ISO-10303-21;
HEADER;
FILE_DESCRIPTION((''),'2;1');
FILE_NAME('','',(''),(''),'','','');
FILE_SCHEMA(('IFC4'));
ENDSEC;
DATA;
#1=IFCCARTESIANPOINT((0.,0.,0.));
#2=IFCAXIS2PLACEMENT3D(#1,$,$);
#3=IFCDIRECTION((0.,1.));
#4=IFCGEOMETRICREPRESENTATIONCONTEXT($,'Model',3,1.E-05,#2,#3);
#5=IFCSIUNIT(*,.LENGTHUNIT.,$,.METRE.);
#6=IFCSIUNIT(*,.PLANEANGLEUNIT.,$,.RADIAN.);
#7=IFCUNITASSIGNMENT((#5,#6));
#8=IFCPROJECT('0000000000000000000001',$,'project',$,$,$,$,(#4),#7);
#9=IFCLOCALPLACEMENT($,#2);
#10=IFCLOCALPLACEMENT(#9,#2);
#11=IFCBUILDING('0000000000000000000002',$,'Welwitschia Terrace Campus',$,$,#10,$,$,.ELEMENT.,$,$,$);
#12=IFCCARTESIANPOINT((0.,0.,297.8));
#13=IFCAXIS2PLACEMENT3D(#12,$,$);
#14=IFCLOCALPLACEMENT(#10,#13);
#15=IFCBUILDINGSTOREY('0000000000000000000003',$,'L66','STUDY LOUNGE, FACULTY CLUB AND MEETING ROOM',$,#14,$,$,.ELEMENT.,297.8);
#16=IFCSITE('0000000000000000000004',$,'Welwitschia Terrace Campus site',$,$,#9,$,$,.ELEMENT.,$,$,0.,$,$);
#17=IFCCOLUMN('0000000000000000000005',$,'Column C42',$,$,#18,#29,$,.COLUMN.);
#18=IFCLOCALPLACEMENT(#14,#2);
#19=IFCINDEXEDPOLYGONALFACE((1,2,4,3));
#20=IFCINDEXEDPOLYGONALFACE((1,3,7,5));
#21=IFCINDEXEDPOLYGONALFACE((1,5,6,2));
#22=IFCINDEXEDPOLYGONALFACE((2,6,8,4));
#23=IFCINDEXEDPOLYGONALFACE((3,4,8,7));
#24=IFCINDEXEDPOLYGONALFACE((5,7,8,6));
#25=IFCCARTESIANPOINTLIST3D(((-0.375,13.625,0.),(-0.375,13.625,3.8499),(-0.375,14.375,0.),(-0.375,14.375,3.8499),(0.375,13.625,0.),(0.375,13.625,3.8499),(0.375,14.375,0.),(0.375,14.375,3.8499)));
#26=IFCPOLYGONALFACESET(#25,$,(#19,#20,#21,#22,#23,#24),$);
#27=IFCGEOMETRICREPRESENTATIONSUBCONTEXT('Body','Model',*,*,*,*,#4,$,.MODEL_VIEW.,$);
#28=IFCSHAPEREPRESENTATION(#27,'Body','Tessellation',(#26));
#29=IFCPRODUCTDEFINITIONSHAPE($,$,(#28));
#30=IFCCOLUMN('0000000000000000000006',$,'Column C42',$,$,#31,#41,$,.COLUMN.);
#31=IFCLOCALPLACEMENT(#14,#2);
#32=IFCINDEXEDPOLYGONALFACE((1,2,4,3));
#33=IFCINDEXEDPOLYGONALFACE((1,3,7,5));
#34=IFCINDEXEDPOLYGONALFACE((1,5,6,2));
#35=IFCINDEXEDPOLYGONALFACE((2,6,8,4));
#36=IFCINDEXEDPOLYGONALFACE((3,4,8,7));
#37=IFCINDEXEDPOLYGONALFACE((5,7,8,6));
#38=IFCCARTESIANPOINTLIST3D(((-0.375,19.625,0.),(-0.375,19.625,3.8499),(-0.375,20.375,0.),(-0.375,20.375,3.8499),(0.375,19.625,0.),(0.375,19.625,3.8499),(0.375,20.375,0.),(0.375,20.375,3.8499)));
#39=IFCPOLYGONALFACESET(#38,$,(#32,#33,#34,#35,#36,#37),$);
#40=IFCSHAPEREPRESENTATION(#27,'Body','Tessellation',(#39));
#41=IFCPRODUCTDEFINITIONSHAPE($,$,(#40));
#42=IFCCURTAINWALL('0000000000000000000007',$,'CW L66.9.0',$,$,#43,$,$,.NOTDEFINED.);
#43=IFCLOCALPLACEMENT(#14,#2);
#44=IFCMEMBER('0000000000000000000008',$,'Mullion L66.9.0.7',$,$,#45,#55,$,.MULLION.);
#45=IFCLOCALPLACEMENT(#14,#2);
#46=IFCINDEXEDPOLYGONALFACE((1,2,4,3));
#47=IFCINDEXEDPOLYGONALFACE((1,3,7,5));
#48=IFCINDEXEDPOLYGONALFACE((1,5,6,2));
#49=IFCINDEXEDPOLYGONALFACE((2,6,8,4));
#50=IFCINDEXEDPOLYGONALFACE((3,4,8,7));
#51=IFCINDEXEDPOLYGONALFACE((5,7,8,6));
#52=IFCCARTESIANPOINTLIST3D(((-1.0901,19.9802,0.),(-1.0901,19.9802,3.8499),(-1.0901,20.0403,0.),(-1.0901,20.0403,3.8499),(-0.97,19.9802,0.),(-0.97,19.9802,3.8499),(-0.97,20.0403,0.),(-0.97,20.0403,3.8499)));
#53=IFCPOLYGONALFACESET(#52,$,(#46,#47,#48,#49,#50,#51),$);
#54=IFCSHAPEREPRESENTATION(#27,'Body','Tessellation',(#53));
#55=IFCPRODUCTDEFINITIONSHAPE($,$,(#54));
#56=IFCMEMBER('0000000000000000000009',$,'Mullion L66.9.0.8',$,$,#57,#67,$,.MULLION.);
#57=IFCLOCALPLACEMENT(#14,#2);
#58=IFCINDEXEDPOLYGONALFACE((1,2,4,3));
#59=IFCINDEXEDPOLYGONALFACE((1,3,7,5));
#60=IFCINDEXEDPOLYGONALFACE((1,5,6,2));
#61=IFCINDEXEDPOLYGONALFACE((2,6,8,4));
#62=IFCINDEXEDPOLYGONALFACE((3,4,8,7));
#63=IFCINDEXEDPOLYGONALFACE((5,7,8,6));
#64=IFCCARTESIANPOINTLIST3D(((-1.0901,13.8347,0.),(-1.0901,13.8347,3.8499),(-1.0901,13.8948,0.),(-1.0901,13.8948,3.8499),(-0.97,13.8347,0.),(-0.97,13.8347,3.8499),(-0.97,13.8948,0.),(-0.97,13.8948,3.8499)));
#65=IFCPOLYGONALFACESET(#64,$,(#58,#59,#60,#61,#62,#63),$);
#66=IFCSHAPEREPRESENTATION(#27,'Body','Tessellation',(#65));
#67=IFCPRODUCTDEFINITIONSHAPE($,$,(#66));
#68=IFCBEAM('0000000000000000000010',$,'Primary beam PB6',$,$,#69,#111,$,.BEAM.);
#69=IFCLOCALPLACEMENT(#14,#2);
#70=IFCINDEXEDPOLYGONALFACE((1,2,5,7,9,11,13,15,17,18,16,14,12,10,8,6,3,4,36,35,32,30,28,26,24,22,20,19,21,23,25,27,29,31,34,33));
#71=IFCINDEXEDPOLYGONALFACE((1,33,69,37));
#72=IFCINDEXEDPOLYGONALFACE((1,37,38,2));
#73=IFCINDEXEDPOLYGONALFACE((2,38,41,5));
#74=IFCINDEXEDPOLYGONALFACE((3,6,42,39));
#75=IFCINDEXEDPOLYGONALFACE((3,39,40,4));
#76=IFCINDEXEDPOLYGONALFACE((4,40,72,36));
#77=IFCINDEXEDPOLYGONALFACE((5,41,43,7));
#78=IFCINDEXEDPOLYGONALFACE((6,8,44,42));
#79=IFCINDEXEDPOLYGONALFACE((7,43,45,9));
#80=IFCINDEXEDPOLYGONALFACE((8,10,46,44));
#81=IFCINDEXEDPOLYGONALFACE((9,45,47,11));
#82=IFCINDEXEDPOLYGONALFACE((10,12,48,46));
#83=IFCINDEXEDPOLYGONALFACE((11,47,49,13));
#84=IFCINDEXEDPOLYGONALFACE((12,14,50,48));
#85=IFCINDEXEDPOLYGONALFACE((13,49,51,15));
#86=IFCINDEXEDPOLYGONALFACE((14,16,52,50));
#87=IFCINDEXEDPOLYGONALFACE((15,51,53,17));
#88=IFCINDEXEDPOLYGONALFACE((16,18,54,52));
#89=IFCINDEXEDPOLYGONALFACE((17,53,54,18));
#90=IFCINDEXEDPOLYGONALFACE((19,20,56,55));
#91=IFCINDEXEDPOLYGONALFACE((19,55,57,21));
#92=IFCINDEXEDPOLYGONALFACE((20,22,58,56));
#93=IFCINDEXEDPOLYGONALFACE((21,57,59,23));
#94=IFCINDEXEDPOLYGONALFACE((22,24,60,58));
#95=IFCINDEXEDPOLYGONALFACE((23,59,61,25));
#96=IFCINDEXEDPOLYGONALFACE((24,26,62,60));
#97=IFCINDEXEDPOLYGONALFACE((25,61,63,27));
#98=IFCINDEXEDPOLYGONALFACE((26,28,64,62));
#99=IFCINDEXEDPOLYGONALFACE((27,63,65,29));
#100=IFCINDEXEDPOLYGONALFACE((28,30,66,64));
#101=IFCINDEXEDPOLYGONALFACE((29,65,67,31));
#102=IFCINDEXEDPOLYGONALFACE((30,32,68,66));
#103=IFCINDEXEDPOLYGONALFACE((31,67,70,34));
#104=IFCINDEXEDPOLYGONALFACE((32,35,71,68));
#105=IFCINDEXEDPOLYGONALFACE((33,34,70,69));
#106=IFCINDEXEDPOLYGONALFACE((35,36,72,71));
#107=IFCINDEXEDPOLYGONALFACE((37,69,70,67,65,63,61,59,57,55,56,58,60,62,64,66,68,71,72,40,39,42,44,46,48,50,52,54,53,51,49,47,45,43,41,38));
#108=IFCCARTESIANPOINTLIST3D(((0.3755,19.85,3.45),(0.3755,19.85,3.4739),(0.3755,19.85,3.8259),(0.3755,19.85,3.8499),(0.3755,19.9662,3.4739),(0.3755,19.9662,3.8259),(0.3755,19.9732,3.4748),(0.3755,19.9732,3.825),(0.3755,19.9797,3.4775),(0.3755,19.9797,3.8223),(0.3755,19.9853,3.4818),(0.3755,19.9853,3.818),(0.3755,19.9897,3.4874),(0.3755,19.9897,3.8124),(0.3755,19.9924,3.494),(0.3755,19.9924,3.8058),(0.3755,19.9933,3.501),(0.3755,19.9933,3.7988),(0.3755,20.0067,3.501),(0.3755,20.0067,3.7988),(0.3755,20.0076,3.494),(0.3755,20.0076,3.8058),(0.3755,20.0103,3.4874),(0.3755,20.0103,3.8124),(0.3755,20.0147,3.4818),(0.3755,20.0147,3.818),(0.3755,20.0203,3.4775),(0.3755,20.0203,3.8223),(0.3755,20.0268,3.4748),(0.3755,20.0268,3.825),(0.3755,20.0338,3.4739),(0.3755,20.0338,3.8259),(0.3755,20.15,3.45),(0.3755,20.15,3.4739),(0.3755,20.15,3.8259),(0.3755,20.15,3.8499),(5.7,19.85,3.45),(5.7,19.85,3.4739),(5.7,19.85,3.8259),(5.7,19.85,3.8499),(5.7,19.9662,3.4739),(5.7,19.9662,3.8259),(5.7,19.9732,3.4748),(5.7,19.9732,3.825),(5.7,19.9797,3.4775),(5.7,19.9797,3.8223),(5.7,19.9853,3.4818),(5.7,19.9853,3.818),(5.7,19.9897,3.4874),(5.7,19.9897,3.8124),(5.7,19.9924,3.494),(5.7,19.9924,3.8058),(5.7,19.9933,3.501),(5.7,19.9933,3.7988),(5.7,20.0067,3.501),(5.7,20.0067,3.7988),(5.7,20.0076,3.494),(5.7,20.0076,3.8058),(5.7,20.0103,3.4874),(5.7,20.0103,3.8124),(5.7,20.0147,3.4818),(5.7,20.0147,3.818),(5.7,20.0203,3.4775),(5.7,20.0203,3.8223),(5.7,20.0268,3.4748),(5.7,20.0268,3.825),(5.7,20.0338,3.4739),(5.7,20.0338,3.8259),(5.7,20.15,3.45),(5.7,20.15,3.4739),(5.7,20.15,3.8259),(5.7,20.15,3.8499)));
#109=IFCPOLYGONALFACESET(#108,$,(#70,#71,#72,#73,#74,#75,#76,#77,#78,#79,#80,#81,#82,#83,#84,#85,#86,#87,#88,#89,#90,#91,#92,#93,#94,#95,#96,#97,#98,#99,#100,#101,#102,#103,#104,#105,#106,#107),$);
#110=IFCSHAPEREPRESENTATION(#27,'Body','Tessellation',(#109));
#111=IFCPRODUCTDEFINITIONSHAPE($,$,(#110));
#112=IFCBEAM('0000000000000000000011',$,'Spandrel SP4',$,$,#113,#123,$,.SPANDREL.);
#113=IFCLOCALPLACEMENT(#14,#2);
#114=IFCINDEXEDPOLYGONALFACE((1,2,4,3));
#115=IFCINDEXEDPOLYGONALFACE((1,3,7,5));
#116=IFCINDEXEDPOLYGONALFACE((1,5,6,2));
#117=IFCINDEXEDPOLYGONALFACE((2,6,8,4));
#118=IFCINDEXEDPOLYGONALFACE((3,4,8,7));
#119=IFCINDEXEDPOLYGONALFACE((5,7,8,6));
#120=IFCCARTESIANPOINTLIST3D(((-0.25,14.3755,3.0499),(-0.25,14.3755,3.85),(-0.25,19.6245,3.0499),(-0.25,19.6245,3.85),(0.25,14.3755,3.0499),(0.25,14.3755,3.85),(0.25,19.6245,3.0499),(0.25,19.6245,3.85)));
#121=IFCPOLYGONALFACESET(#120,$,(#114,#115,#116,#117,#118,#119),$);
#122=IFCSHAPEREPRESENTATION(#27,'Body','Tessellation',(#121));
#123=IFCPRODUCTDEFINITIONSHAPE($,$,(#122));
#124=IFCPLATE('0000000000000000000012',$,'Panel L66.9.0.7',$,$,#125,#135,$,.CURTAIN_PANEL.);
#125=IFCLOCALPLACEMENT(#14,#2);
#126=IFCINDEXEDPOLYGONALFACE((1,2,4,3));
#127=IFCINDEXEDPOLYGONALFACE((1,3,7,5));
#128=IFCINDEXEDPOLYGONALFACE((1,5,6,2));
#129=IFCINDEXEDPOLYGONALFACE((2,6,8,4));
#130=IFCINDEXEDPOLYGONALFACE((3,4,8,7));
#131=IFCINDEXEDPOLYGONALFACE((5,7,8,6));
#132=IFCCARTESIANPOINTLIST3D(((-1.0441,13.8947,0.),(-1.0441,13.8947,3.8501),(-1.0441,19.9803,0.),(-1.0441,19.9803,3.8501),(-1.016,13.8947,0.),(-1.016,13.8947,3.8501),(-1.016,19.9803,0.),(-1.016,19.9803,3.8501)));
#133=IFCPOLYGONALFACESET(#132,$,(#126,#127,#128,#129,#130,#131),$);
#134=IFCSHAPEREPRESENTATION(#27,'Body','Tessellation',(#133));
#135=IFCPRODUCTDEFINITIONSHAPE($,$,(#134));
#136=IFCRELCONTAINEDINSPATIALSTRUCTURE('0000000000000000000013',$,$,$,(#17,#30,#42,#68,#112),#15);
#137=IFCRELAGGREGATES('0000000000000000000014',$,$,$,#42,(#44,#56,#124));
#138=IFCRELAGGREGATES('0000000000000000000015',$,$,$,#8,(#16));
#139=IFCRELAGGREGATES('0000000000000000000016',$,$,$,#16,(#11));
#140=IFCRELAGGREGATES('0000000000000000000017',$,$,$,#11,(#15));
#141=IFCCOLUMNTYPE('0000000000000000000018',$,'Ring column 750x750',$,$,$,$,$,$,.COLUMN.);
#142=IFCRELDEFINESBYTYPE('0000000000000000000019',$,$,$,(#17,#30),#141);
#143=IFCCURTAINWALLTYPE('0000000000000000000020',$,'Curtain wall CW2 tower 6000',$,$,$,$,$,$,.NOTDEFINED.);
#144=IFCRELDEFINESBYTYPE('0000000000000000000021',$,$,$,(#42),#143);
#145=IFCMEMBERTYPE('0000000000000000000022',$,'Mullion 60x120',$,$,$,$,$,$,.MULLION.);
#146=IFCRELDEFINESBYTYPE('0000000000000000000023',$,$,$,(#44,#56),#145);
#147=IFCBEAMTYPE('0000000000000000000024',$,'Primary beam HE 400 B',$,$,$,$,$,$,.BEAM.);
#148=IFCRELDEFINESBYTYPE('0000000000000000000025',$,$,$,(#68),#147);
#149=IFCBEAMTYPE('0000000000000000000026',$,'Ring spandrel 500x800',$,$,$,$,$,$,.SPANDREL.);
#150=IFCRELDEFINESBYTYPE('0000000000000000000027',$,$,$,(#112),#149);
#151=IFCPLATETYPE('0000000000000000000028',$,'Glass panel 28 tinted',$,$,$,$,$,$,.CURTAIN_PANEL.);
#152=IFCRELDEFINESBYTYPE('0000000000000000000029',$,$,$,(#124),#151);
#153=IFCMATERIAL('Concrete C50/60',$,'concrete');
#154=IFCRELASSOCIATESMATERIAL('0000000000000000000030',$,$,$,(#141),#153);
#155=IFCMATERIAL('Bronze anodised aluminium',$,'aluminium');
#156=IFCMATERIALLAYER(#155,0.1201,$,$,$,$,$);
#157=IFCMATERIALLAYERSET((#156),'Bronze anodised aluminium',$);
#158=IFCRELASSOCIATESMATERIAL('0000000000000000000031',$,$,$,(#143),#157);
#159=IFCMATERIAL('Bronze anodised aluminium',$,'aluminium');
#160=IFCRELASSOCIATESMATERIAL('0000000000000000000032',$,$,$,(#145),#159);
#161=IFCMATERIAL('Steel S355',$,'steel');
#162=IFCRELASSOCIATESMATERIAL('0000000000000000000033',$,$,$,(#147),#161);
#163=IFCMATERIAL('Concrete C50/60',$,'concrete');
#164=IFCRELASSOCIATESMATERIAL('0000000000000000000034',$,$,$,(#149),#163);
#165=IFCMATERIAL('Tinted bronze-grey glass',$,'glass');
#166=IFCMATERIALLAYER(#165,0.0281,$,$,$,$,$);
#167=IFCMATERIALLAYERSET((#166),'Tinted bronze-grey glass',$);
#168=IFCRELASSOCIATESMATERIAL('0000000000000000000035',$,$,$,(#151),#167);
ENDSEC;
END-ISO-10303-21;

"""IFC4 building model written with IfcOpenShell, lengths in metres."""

from ifc_helpers import new_model, si_unit, direction, frame, origin, origin_2d, place, context, subcontext, project, spatial, rectangle, i_section, extrude, material, layer, layer_set, material_profile, profile_set, type_object, element, aggregate, save


model = new_model("IFC4")

# Units and contexts
model_context = context("Model", 3, precision=1e-05, world=origin(), true_north=direction((0.0, 1.0)))
body_context = subcontext(model_context, "Body", "Model", "MODEL_VIEW")
ifc_project = project(units=[si_unit("LENGTHUNIT", "METRE"), si_unit("PLANEANGLEUNIT", "RADIAN")], contexts=[model_context])

# Site, building, storey
site_placement = place(None, origin())
site = spatial("IfcSite", under=ifc_project, at=site_placement, Name="Welwitschia Terrace Campus site", CompositionType="ELEMENT", RefElevation=0.0)
building_placement = place(site_placement, origin())
building = spatial("IfcBuilding", under=site, at=building_placement, Name="Welwitschia Terrace Campus", CompositionType="ELEMENT")
storey_placement = place(building_placement, frame((0.0, 0.0, 297.8)))
storey = spatial("IfcBuildingStorey", under=building, at=storey_placement, Name="L66", Description="STUDY LOUNGE, FACULTY CLUB AND MEETING ROOM", CompositionType="ELEMENT", Elevation=297.8)

# Columns
ifc_material_1 = material(Name="Concrete C50/60", Category="concrete")
ifc_material_profile_1 = material_profile(ifc_material_1, rectangle(XDim=0.75, YDim=0.75, at=origin_2d()))
ifc_profile_set_1 = profile_set([ifc_material_profile_1], Name="Concrete C50/60")
column_type = type_object("IfcColumnType", Name="Ring column 750x750", PredefinedType="COLUMN", material=ifc_profile_set_1)
for number, where, z_axis, x_axis, name in (
    (1, (0.0, 14.0, 0.0), (0.0, 0.0, 1.0), (1.0, 0.0, 0.0), "Column C42"),
    (2, (0.0, 20.0, 0.0), (0.0, 0.0, 1.0), (1.0, 0.0, 0.0), "Column C42"),
):
    element("IfcColumn", number, at=place(storey_placement, frame(where, z_axis=z_axis, x_axis=x_axis)), inside=storey, type_object=column_type, Name=name, PredefinedType="COLUMN", context=body_context, shape_type="SweptSolid", body=[
        extrude(rectangle(XDim=0.75, YDim=0.75, at=origin_2d()), origin(), (0.0, 0.0, 1.0), 3.8499),
    ])

# Curtain wall, members
ifc_material_2 = material(Name="Bronze anodised aluminium", Category="aluminium")
ifc_layer_1 = layer(ifc_material_2, 0.1201)
ifc_layer_set_1 = layer_set([ifc_layer_1], Name="Bronze anodised aluminium")
curtain_wall_type = type_object("IfcCurtainWallType", Name="Curtain wall CW2 tower 6000", PredefinedType="NOTDEFINED", material=ifc_layer_set_1)
curtain_wall_placement = place(storey_placement, origin())
curtain_wall = element("IfcCurtainWall", 3, at=curtain_wall_placement, inside=storey, type_object=curtain_wall_type, Name="CW L66.9.0", PredefinedType="NOTDEFINED")
ifc_material_3 = material(Name="Bronze anodised aluminium", Category="aluminium")
ifc_material_profile_2 = material_profile(ifc_material_3, rectangle(XDim=0.1201, YDim=0.0601, at=origin_2d()))
ifc_profile_set_2 = profile_set([ifc_material_profile_2], Name="Bronze anodised aluminium")
member_type = type_object("IfcMemberType", Name="Mullion 60x120", PredefinedType="MULLION", material=ifc_profile_set_2)
member_1_placement = place(storey_placement, frame((-1.03, 20.0103, 0.0), z_axis=(0.0, 0.0, 1.0), x_axis=(1.0, 0.0, 0.0)))
member_1 = element("IfcMember", 4, at=member_1_placement, type_object=member_type, Name="Mullion L66.9.0.7", PredefinedType="MULLION", context=body_context, shape_type="SweptSolid", body=[
    extrude(rectangle(XDim=0.1201, YDim=0.0601, at=origin_2d()), origin(), (0.0, 0.0, 1.0), 3.8499),
])
member_2_placement = place(storey_placement, frame((-1.03, 13.8647, 0.0), z_axis=(0.0, 0.0, 1.0), x_axis=(1.0, 0.0, 0.0)))
member_2 = element("IfcMember", 5, at=member_2_placement, type_object=member_type, Name="Mullion L66.9.0.8", PredefinedType="MULLION", context=body_context, shape_type="SweptSolid", body=[
    extrude(rectangle(XDim=0.1201, YDim=0.0601, at=origin_2d()), origin(), (0.0, 0.0, 1.0), 3.8499),
])

# Beams
ifc_material_4 = material(Name="Steel S355", Category="steel")
ifc_material_profile_3 = material_profile(ifc_material_4, i_section(OverallWidth=0.3, OverallDepth=0.3999, WebThickness=0.0134, FlangeThickness=0.0239, FilletRadius=0.0271, at=origin_2d()))
ifc_profile_set_3 = profile_set([ifc_material_profile_3], Name="Steel S355")
beam_type_1 = type_object("IfcBeamType", Name="Primary beam HE 400 B", PredefinedType="BEAM", material=ifc_profile_set_3)
beam_1_placement = place(storey_placement, frame((0.3755, 20.0, 3.6499), z_axis=(1.0, 0.0, 0.0), x_axis=(0.0, 1.0, 0.0)))
element("IfcBeam", 6, at=beam_1_placement, inside=storey, type_object=beam_type_1, Name="Primary beam PB6", PredefinedType="BEAM", context=body_context, shape_type="SweptSolid", body=[
    extrude(i_section(OverallWidth=0.3, OverallDepth=0.3999, WebThickness=0.0134, FlangeThickness=0.0239, FilletRadius=0.0271, at=origin_2d()), origin(), (0.0, 0.0, 1.0), 5.3245),
])
ifc_material_5 = material(Name="Concrete C50/60", Category="concrete")
ifc_material_profile_4 = material_profile(ifc_material_5, rectangle(XDim=0.5, YDim=0.8, at=origin_2d()))
ifc_profile_set_4 = profile_set([ifc_material_profile_4], Name="Concrete C50/60")
beam_type_2 = type_object("IfcBeamType", Name="Ring spandrel 500x800", PredefinedType="SPANDREL", material=ifc_profile_set_4)
beam_2_placement = place(storey_placement, frame((0.0, 19.6245, 3.45), z_axis=(0.0, -1.0, 0.0), x_axis=(1.0, 0.0, 0.0)))
element("IfcBeam", 7, at=beam_2_placement, inside=storey, type_object=beam_type_2, Name="Spandrel SP4", PredefinedType="SPANDREL", context=body_context, shape_type="SweptSolid", body=[
    extrude(rectangle(XDim=0.5, YDim=0.8, at=origin_2d()), origin(), (0.0, 0.0, 1.0), 5.249),
])

# Plate
ifc_material_6 = material(Name="Tinted bronze-grey glass", Category="glass")
ifc_layer_2 = layer(ifc_material_6, 0.0281)
ifc_layer_set_2 = layer_set([ifc_layer_2], Name="Tinted bronze-grey glass")
plate_type = type_object("IfcPlateType", Name="Glass panel 28 tinted", PredefinedType="CURTAIN_PANEL", material=ifc_layer_set_2)
plate_placement = place(storey_placement, frame((-1.03, 16.9375, 0.0), z_axis=(0.0, 0.0, 1.0), x_axis=(0.0, -1.0, 0.0)))
plate = element("IfcPlate", 8, at=plate_placement, type_object=plate_type, Name="Panel L66.9.0.7", PredefinedType="CURTAIN_PANEL", context=body_context, shape_type="SweptSolid", body=[
    extrude(rectangle(XDim=6.0857, YDim=0.0281, at=origin_2d()), origin(), (0.0, 0.0, 1.0), 3.8501),
])
aggregate(curtain_wall, [member_1, member_2, plate])

save(model, "model.ifc")
